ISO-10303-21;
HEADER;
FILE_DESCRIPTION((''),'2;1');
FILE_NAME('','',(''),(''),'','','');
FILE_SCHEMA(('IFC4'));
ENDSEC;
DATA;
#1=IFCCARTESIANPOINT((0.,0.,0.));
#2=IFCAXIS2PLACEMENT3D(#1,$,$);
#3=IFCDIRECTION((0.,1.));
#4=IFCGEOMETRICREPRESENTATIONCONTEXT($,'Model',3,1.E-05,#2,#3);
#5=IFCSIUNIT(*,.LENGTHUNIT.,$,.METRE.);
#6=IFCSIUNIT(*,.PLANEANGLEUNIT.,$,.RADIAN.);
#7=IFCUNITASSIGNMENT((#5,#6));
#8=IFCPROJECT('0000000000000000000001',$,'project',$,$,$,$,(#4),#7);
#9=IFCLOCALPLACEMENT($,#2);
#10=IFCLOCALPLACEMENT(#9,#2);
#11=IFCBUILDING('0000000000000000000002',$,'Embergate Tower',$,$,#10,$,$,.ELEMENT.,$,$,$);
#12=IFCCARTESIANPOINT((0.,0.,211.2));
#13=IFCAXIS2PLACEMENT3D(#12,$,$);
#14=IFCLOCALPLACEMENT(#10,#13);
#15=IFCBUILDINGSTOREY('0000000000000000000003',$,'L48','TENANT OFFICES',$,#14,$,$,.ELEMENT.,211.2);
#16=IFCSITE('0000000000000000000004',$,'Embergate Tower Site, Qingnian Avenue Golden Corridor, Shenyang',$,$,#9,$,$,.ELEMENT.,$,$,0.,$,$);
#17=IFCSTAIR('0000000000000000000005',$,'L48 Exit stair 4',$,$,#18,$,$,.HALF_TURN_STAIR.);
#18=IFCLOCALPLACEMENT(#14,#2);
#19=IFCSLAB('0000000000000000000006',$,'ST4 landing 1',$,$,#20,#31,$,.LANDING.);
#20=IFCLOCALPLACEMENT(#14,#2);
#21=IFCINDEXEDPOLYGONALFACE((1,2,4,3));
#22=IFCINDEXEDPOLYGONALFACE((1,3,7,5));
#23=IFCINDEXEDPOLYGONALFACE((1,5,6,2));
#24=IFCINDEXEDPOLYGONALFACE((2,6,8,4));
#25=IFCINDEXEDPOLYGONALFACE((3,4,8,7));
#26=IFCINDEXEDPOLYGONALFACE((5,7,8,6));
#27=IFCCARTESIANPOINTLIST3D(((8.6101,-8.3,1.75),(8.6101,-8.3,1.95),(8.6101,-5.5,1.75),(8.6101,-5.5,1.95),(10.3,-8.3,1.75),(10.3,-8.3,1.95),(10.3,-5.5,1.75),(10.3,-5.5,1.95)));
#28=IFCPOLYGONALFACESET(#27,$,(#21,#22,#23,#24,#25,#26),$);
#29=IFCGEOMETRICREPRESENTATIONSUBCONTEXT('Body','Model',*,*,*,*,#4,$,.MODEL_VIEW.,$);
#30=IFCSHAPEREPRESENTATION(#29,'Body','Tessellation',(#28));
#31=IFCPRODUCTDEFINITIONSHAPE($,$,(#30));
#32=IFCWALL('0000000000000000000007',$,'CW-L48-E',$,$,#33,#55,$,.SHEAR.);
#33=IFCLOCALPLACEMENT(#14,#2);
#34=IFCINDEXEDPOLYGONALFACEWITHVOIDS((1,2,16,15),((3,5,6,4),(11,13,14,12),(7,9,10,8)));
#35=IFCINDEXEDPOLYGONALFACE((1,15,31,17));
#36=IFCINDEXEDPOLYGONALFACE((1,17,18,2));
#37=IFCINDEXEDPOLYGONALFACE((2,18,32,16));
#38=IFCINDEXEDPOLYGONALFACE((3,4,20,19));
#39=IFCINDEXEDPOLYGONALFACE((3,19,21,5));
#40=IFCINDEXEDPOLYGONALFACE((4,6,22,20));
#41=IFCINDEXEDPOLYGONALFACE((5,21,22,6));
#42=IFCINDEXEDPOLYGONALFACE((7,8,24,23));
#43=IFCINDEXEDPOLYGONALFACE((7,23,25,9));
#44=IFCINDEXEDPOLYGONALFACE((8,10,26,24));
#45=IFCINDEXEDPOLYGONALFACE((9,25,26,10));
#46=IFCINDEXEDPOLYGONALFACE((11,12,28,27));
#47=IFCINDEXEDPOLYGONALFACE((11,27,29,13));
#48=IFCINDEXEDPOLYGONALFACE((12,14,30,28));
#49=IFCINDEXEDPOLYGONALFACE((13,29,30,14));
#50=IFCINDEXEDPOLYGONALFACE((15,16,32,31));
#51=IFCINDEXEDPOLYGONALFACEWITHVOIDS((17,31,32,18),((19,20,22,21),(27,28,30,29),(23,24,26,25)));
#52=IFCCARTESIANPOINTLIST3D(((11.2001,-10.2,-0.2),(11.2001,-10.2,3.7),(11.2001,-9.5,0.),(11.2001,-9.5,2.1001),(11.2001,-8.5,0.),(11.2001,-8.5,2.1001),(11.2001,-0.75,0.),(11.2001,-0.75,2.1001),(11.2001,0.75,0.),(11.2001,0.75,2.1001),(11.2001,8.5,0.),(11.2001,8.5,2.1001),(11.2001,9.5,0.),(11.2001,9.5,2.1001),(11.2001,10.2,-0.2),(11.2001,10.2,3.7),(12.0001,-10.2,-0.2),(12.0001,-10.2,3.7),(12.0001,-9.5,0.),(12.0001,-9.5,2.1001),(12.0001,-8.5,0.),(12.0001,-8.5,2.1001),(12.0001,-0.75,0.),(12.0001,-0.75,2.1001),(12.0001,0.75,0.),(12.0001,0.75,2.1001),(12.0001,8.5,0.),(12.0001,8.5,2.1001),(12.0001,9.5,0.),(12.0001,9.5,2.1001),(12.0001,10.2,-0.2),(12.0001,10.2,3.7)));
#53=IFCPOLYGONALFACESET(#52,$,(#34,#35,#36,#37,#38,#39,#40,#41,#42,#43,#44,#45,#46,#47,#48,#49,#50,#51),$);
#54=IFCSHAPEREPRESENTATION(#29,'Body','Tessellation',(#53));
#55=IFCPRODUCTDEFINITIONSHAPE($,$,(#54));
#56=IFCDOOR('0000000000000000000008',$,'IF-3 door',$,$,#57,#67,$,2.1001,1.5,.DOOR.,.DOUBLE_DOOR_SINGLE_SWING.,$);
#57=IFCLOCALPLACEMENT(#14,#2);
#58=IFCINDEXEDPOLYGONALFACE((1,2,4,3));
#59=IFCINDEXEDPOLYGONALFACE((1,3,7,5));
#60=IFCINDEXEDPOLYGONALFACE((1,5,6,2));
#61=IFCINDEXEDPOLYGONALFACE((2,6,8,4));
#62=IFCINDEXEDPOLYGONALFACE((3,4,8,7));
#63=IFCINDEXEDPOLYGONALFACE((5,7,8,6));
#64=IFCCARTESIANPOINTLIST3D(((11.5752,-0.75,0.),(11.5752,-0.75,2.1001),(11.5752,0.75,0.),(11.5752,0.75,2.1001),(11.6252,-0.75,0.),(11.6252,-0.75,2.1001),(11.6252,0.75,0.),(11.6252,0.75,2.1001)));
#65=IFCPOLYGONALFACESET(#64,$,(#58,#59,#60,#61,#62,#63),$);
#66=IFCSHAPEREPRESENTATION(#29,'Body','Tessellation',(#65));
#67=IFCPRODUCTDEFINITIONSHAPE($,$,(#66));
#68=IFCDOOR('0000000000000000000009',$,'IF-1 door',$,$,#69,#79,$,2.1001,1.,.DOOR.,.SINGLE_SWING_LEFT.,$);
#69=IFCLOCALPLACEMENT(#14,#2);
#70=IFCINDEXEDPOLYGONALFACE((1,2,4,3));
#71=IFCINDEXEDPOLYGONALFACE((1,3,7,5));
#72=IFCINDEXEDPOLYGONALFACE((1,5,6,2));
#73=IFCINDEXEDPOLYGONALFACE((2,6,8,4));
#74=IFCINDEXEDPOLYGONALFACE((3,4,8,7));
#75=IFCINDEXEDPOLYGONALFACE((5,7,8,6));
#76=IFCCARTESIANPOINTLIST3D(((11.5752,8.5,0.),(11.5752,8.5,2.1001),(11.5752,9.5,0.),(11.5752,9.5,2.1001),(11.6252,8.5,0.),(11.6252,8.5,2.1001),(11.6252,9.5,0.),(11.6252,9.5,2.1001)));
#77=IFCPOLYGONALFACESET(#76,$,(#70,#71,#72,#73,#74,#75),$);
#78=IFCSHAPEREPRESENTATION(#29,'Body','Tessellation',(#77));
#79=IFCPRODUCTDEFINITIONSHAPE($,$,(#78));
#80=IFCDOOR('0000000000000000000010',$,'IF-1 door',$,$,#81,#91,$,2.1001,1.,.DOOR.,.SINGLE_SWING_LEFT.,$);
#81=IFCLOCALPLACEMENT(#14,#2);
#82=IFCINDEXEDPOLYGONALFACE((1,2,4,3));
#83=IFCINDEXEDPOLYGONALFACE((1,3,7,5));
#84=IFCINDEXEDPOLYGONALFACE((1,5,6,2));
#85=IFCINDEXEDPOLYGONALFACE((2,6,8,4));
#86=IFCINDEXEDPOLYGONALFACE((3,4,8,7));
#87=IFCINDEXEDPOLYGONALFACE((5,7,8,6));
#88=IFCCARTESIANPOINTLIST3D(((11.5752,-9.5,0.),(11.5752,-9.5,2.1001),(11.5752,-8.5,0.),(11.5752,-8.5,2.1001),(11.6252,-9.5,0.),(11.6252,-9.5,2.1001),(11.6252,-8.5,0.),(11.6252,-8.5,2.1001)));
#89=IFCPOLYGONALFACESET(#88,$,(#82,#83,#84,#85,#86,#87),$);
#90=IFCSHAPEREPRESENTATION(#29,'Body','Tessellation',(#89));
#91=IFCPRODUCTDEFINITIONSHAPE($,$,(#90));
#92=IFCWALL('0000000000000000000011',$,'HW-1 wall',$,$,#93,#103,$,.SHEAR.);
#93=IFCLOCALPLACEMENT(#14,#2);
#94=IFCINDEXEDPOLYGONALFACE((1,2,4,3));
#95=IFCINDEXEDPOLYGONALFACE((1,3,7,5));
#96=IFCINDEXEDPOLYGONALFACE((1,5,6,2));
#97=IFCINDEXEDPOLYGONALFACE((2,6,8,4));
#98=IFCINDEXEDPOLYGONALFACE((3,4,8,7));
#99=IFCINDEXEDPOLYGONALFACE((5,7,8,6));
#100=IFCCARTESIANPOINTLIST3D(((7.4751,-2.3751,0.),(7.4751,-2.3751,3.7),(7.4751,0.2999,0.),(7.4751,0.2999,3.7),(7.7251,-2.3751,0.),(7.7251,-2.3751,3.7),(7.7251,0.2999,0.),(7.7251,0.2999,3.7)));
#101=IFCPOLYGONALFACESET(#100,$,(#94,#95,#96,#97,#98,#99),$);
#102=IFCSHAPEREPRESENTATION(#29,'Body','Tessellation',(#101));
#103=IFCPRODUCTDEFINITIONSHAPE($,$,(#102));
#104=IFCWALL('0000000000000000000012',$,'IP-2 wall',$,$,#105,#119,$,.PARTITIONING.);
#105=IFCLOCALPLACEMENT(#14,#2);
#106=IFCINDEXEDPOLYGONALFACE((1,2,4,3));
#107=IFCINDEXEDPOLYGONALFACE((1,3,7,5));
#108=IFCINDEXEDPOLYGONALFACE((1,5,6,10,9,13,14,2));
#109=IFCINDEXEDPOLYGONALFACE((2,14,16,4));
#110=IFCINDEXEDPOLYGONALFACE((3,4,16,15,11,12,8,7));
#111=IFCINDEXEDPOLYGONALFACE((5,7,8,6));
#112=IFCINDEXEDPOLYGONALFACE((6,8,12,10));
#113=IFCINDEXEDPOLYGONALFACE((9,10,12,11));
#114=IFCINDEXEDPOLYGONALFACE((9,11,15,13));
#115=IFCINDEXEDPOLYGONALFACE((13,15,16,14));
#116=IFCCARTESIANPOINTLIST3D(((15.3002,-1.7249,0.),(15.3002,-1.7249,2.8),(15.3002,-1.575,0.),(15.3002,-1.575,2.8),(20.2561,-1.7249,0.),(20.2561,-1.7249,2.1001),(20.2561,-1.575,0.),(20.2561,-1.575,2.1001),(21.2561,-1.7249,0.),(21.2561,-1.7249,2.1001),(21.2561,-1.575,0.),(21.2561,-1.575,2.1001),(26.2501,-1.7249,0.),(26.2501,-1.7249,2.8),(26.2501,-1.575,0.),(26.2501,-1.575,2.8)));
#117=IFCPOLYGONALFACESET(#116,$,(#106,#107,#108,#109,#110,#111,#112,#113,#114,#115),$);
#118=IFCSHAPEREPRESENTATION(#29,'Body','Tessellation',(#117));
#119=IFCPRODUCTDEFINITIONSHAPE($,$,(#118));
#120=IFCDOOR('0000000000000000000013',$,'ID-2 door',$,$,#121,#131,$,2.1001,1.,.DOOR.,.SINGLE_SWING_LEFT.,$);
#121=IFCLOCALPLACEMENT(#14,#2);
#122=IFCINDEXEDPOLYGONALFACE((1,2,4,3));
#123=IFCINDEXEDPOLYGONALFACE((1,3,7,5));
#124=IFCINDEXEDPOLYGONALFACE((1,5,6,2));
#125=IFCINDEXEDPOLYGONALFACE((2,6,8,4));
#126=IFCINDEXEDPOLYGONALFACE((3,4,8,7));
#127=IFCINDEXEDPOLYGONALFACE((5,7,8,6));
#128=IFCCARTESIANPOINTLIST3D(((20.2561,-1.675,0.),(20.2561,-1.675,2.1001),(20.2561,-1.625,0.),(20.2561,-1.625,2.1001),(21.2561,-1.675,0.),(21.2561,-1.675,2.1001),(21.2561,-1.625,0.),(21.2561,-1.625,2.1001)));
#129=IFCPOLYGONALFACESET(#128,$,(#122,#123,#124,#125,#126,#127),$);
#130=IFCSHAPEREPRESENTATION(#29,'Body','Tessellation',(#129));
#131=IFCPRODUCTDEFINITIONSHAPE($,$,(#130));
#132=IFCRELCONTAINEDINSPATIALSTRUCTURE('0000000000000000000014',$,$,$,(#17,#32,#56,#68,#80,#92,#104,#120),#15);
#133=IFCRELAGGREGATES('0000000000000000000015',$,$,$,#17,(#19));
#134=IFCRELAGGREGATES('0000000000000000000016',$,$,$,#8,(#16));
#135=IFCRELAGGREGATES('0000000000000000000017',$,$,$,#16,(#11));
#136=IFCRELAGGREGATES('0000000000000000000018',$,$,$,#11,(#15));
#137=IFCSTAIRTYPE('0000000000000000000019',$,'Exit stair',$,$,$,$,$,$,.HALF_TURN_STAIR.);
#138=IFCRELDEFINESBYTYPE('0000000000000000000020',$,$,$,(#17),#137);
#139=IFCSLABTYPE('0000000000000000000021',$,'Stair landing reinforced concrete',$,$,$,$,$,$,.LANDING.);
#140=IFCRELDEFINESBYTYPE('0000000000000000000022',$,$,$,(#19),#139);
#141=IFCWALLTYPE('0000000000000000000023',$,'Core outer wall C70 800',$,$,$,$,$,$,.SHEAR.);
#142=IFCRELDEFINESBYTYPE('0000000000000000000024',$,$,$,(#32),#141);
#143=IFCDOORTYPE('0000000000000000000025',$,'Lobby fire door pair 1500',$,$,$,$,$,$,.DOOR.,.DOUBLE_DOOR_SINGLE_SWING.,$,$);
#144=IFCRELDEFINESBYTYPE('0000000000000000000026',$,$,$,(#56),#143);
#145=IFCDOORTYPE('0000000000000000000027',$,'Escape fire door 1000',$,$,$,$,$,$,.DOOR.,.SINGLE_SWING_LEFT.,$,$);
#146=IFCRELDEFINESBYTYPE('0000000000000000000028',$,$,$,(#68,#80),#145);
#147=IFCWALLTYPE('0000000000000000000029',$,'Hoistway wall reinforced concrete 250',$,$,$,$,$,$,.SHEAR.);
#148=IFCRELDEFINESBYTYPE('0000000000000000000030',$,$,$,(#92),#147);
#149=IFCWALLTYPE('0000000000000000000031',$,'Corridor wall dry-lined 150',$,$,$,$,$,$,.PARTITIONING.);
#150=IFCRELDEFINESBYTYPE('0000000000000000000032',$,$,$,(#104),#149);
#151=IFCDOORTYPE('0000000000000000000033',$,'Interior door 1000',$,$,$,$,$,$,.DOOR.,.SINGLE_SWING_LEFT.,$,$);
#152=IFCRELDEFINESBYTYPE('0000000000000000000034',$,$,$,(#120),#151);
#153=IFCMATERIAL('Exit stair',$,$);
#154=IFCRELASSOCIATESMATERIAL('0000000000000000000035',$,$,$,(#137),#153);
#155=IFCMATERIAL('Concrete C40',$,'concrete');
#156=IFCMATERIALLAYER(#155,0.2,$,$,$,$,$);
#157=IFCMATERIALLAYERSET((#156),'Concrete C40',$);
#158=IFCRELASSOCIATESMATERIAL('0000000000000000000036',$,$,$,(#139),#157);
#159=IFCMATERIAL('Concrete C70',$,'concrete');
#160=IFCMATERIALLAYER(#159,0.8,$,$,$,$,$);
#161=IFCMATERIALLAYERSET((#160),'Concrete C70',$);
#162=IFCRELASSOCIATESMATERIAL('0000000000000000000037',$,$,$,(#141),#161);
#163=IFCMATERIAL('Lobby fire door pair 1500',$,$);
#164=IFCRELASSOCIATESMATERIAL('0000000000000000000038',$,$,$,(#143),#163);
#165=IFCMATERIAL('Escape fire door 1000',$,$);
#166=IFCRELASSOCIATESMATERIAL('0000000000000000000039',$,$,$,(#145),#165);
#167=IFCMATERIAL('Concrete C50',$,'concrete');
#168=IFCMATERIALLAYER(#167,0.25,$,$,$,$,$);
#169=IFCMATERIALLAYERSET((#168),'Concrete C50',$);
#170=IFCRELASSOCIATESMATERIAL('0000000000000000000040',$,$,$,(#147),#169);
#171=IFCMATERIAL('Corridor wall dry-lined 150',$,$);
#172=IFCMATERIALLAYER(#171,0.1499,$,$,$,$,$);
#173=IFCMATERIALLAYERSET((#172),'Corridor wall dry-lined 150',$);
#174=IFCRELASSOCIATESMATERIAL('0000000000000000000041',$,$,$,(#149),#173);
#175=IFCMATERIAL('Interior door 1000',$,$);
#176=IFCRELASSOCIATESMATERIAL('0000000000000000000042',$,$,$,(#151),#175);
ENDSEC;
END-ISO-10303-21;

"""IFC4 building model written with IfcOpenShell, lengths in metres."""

from ifc_helpers import new_model, si_unit, direction, frame, frame_2d, origin, place, context, subcontext, project, spatial, polyline, rectangle, outline, extrude, source, transform, mapped, material, layer, layer_set, type_object, element, fill, aggregate, save


model = new_model("IFC4")

# Units and contexts
model_context = context("Model", 3, precision=1e-05, world=origin(), true_north=direction((0.0, 1.0)))
body_context = subcontext(model_context, "Body", "Model", "MODEL_VIEW")
ifc_project = project(units=[si_unit("LENGTHUNIT", "METRE"), si_unit("PLANEANGLEUNIT", "RADIAN")], contexts=[model_context])

# Site, building, storey
site_placement = place(None, origin())
site = spatial("IfcSite", under=ifc_project, at=site_placement, Name="Embergate Tower Site, Qingnian Avenue Golden Corridor, Shenyang", CompositionType="ELEMENT", RefElevation=0.0)
building_placement = place(site_placement, origin())
building = spatial("IfcBuilding", under=site, at=building_placement, Name="Embergate Tower", CompositionType="ELEMENT")
storey_placement = place(building_placement, frame((0.0, 0.0, 211.2)))
storey = spatial("IfcBuildingStorey", under=building, at=storey_placement, Name="L48", Description="TENANT OFFICES", CompositionType="ELEMENT", Elevation=211.2)

# Stair, slab
ifc_material_1 = material(Name="Exit stair")
stair_type = type_object("IfcStairType", Name="Exit stair", PredefinedType="HALF_TURN_STAIR", material=ifc_material_1)
stair_placement = place(storey_placement, origin())
stair = element("IfcStair", 1, at=stair_placement, inside=storey, type_object=stair_type, Name="L48 Exit stair 4", PredefinedType="HALF_TURN_STAIR")
ifc_material_2 = material(Name="Concrete C40", Category="concrete")
ifc_layer_1 = layer(ifc_material_2, 0.2)
ifc_layer_set_1 = layer_set([ifc_layer_1], Name="Concrete C40")
slab_type = type_object("IfcSlabType", Name="Stair landing reinforced concrete", PredefinedType="LANDING", material=ifc_layer_set_1)
shared_shape_1 = source(origin(), body_context, "Body", "SweptSolid", [
    extrude(outline(polyline([(0.0, 0.0), (1.6899, 0.0), (1.6899, 2.8), (0.0, 2.8), (0.0, 0.0)])), origin(), (0.0, 0.0, 1.0), 0.2),
])
slab_placement = place(storey_placement, frame((8.6101, -8.3, 1.75)))
slab = element("IfcSlab", 2, at=slab_placement, type_object=slab_type, Name="ST4 landing 1", PredefinedType="LANDING", context=body_context, shape_type="MappedRepresentation", body=[
    mapped(shared_shape_1, transform((0.0, 0.0, 0.0))),
])

# Wall, openings, doors
ifc_material_3 = material(Name="Concrete C70", Category="concrete")
ifc_layer_2 = layer(ifc_material_3, 0.8)
ifc_layer_set_2 = layer_set([ifc_layer_2], Name="Concrete C70")
wall_type_1 = type_object("IfcWallType", Name="Core outer wall C70 800", PredefinedType="SHEAR", material=ifc_layer_set_2)
shared_shape_2 = source(origin(), body_context, "Body", "SweptSolid", [
    extrude(rectangle(XDim=20.3999, YDim=0.8, at=frame_2d((10.2, 0.0))), origin(), (0.0, 0.0, 1.0), 3.8999),
])
wall_1_placement = place(storey_placement, frame((11.6001, -10.2, -0.2), z_axis=(0.0, 0.0, 1.0), x_axis=(0.0, 1.0, 0.0)))
wall_1 = element("IfcWall", 3, at=wall_1_placement, inside=storey, type_object=wall_type_1, Name="CW-L48-E", PredefinedType="SHEAR", context=body_context, shape_type="MappedRepresentation", body=[
    mapped(shared_shape_2, transform((0.0, 0.0, 0.0))),
])
shared_shape_3 = source(origin(), body_context, "Body", "SweptSolid", [
    extrude(rectangle(XDim=1.0, YDim=2.1001, at=frame_2d((0.5, 1.05))), frame((0.0, 0.4099, 0.0), z_axis=(0.0, -1.0, 0.0), x_axis=(1.0, 0.0, 0.0)), (0.0, 0.0, 1.0), 0.8201),
])
opening_1_placement = place(wall_1_placement, frame((18.7, 0.0, 0.2)))
opening_1 = element("IfcOpeningElement", 4, at=opening_1_placement, cuts=wall_1, PredefinedType="OPENING", context=body_context, shape_type="MappedRepresentation", body=[
    mapped(shared_shape_3, transform((0.0, 0.0, 0.0))),
])
opening_2_placement = place(wall_1_placement, frame((0.7, 0.0, 0.2)))
opening_2 = element("IfcOpeningElement", 5, at=opening_2_placement, cuts=wall_1, PredefinedType="OPENING", context=body_context, shape_type="MappedRepresentation", body=[
    mapped(shared_shape_3, transform((0.0, 0.0, 0.0))),
])
shared_shape_4 = source(origin(), body_context, "Body", "SweptSolid", [
    extrude(rectangle(XDim=1.5, YDim=2.1001, at=frame_2d((0.75, 1.05))), frame((0.0, 0.4099, 0.0), z_axis=(0.0, -1.0, 0.0), x_axis=(1.0, 0.0, 0.0)), (0.0, 0.0, 1.0), 0.8201),
])
opening_3_placement = place(wall_1_placement, frame((9.45, 0.0, 0.2)))
opening_3 = element("IfcOpeningElement", 6, at=opening_3_placement, cuts=wall_1, PredefinedType="OPENING", context=body_context, shape_type="MappedRepresentation", body=[
    mapped(shared_shape_4, transform((0.0, 0.0, 0.0))),
])
ifc_material_4 = material(Name="Lobby fire door pair 1500")
door_type_1 = type_object("IfcDoorType", Name="Lobby fire door pair 1500", OperationType="DOUBLE_DOOR_SINGLE_SWING", PredefinedType="DOOR", material=ifc_material_4)
shared_shape_5 = source(origin(), body_context, "Body", "SweptSolid", [
    extrude(rectangle(XDim=1.5, YDim=2.1001, at=frame_2d((0.75, 1.05))), frame((0.0, 0.0249, 0.0), z_axis=(0.0, -1.0, 0.0), x_axis=(1.0, 0.0, 0.0)), (0.0, 0.0, 1.0), 0.05),
])
door_1_placement = place(opening_3_placement, origin())
door_1 = element("IfcDoor", 7, at=door_1_placement, inside=storey, type_object=door_type_1, Name="IF-3 door", OperationType="DOUBLE_DOOR_SINGLE_SWING", OverallHeight=2.1001, OverallWidth=1.5, PredefinedType="DOOR", context=body_context, shape_type="MappedRepresentation", body=[
    mapped(shared_shape_5, transform((0.0, 0.0, 0.0))),
])
fill(opening_3, door_1)
ifc_material_5 = material(Name="Escape fire door 1000")
door_type_2 = type_object("IfcDoorType", Name="Escape fire door 1000", OperationType="SINGLE_SWING_LEFT", PredefinedType="DOOR", material=ifc_material_5)
shared_shape_6 = source(origin(), body_context, "Body", "SweptSolid", [
    extrude(rectangle(XDim=1.0, YDim=2.1001, at=frame_2d((0.5, 1.05))), frame((0.0, 0.0249, 0.0), z_axis=(0.0, -1.0, 0.0), x_axis=(1.0, 0.0, 0.0)), (0.0, 0.0, 1.0), 0.05),
])
door_2_placement = place(opening_1_placement, origin())
door_2 = element("IfcDoor", 8, at=door_2_placement, inside=storey, type_object=door_type_2, Name="IF-1 door", OperationType="SINGLE_SWING_LEFT", OverallHeight=2.1001, OverallWidth=1.0, PredefinedType="DOOR", context=body_context, shape_type="MappedRepresentation", body=[
    mapped(shared_shape_6, transform((0.0, 0.0, 0.0))),
])
fill(opening_1, door_2)
door_3_placement = place(opening_2_placement, origin())
door_3 = element("IfcDoor", 9, at=door_3_placement, inside=storey, type_object=door_type_2, Name="IF-1 door", OperationType="SINGLE_SWING_LEFT", OverallHeight=2.1001, OverallWidth=1.0, PredefinedType="DOOR", context=body_context, shape_type="MappedRepresentation", body=[
    mapped(shared_shape_6, transform((0.0, 0.0, 0.0))),
])
fill(opening_2, door_3)

# Wall
ifc_material_6 = material(Name="Concrete C50", Category="concrete")
ifc_layer_3 = layer(ifc_material_6, 0.25)
ifc_layer_set_3 = layer_set([ifc_layer_3], Name="Concrete C50")
wall_type_2 = type_object("IfcWallType", Name="Hoistway wall reinforced concrete 250", PredefinedType="SHEAR", material=ifc_layer_set_3)
shared_shape_7 = source(origin(), body_context, "Body", "SweptSolid", [
    extrude(rectangle(XDim=2.675, YDim=0.25, at=frame_2d((1.3374, 0.0))), origin(), (0.0, 0.0, 1.0), 3.7),
])
wall_2_placement = place(storey_placement, frame((7.6001, -2.375, 0.0), z_axis=(0.0, 0.0, 1.0), x_axis=(0.0, 1.0, 0.0)))
element("IfcWall", 10, at=wall_2_placement, inside=storey, type_object=wall_type_2, Name="HW-1 wall", PredefinedType="SHEAR", context=body_context, shape_type="MappedRepresentation", body=[
    mapped(shared_shape_7, transform((0.0, 0.0, 0.0))),
])

# Wall, opening, door
ifc_material_7 = material(Name="Corridor wall dry-lined 150")
ifc_layer_4 = layer(ifc_material_7, 0.1499)
ifc_layer_set_4 = layer_set([ifc_layer_4], Name="Corridor wall dry-lined 150")
wall_type_3 = type_object("IfcWallType", Name="Corridor wall dry-lined 150", PredefinedType="PARTITIONING", material=ifc_layer_set_4)
shared_shape_8 = source(origin(), body_context, "Body", "SweptSolid", [
    extrude(rectangle(XDim=10.95, YDim=0.1499, at=frame_2d((5.4751, 0.0))), origin(), (0.0, 0.0, 1.0), 2.8),
])
wall_3_placement = place(storey_placement, frame((15.3, -1.6499, 0.0), z_axis=(0.0, 0.0, 1.0), x_axis=(1.0, 0.0, 0.0)))
wall_3 = element("IfcWall", 11, at=wall_3_placement, inside=storey, type_object=wall_type_3, Name="IP-2 wall", PredefinedType="PARTITIONING", context=body_context, shape_type="MappedRepresentation", body=[
    mapped(shared_shape_8, transform((0.0, 0.0, 0.0))),
])
shared_shape_9 = source(origin(), body_context, "Body", "SweptSolid", [
    extrude(rectangle(XDim=1.0, YDim=2.1001, at=frame_2d((0.5, 1.05))), frame((0.0, 0.085, 0.0), z_axis=(0.0, -1.0, 0.0), x_axis=(1.0, 0.0, 0.0)), (0.0, 0.0, 1.0), 0.1699),
])
opening_4_placement = place(wall_3_placement, frame((4.9561, 0.0, 0.0)))
opening_4 = element("IfcOpeningElement", 12, at=opening_4_placement, cuts=wall_3, PredefinedType="OPENING", context=body_context, shape_type="MappedRepresentation", body=[
    mapped(shared_shape_9, transform((0.0, 0.0, 0.0))),
])
ifc_material_8 = material(Name="Interior door 1000")
door_type_3 = type_object("IfcDoorType", Name="Interior door 1000", OperationType="SINGLE_SWING_LEFT", PredefinedType="DOOR", material=ifc_material_8)
door_4_placement = place(opening_4_placement, origin())
door_4 = element("IfcDoor", 13, at=door_4_placement, inside=storey, type_object=door_type_3, Name="ID-2 door", OperationType="SINGLE_SWING_LEFT", OverallHeight=2.1001, OverallWidth=1.0, PredefinedType="DOOR", context=body_context, shape_type="MappedRepresentation", body=[
    mapped(shared_shape_6, transform((0.0, 0.0, 0.0))),
])
fill(opening_4, door_4)

aggregate(stair, [slab])

save(model, "model.ifc")
